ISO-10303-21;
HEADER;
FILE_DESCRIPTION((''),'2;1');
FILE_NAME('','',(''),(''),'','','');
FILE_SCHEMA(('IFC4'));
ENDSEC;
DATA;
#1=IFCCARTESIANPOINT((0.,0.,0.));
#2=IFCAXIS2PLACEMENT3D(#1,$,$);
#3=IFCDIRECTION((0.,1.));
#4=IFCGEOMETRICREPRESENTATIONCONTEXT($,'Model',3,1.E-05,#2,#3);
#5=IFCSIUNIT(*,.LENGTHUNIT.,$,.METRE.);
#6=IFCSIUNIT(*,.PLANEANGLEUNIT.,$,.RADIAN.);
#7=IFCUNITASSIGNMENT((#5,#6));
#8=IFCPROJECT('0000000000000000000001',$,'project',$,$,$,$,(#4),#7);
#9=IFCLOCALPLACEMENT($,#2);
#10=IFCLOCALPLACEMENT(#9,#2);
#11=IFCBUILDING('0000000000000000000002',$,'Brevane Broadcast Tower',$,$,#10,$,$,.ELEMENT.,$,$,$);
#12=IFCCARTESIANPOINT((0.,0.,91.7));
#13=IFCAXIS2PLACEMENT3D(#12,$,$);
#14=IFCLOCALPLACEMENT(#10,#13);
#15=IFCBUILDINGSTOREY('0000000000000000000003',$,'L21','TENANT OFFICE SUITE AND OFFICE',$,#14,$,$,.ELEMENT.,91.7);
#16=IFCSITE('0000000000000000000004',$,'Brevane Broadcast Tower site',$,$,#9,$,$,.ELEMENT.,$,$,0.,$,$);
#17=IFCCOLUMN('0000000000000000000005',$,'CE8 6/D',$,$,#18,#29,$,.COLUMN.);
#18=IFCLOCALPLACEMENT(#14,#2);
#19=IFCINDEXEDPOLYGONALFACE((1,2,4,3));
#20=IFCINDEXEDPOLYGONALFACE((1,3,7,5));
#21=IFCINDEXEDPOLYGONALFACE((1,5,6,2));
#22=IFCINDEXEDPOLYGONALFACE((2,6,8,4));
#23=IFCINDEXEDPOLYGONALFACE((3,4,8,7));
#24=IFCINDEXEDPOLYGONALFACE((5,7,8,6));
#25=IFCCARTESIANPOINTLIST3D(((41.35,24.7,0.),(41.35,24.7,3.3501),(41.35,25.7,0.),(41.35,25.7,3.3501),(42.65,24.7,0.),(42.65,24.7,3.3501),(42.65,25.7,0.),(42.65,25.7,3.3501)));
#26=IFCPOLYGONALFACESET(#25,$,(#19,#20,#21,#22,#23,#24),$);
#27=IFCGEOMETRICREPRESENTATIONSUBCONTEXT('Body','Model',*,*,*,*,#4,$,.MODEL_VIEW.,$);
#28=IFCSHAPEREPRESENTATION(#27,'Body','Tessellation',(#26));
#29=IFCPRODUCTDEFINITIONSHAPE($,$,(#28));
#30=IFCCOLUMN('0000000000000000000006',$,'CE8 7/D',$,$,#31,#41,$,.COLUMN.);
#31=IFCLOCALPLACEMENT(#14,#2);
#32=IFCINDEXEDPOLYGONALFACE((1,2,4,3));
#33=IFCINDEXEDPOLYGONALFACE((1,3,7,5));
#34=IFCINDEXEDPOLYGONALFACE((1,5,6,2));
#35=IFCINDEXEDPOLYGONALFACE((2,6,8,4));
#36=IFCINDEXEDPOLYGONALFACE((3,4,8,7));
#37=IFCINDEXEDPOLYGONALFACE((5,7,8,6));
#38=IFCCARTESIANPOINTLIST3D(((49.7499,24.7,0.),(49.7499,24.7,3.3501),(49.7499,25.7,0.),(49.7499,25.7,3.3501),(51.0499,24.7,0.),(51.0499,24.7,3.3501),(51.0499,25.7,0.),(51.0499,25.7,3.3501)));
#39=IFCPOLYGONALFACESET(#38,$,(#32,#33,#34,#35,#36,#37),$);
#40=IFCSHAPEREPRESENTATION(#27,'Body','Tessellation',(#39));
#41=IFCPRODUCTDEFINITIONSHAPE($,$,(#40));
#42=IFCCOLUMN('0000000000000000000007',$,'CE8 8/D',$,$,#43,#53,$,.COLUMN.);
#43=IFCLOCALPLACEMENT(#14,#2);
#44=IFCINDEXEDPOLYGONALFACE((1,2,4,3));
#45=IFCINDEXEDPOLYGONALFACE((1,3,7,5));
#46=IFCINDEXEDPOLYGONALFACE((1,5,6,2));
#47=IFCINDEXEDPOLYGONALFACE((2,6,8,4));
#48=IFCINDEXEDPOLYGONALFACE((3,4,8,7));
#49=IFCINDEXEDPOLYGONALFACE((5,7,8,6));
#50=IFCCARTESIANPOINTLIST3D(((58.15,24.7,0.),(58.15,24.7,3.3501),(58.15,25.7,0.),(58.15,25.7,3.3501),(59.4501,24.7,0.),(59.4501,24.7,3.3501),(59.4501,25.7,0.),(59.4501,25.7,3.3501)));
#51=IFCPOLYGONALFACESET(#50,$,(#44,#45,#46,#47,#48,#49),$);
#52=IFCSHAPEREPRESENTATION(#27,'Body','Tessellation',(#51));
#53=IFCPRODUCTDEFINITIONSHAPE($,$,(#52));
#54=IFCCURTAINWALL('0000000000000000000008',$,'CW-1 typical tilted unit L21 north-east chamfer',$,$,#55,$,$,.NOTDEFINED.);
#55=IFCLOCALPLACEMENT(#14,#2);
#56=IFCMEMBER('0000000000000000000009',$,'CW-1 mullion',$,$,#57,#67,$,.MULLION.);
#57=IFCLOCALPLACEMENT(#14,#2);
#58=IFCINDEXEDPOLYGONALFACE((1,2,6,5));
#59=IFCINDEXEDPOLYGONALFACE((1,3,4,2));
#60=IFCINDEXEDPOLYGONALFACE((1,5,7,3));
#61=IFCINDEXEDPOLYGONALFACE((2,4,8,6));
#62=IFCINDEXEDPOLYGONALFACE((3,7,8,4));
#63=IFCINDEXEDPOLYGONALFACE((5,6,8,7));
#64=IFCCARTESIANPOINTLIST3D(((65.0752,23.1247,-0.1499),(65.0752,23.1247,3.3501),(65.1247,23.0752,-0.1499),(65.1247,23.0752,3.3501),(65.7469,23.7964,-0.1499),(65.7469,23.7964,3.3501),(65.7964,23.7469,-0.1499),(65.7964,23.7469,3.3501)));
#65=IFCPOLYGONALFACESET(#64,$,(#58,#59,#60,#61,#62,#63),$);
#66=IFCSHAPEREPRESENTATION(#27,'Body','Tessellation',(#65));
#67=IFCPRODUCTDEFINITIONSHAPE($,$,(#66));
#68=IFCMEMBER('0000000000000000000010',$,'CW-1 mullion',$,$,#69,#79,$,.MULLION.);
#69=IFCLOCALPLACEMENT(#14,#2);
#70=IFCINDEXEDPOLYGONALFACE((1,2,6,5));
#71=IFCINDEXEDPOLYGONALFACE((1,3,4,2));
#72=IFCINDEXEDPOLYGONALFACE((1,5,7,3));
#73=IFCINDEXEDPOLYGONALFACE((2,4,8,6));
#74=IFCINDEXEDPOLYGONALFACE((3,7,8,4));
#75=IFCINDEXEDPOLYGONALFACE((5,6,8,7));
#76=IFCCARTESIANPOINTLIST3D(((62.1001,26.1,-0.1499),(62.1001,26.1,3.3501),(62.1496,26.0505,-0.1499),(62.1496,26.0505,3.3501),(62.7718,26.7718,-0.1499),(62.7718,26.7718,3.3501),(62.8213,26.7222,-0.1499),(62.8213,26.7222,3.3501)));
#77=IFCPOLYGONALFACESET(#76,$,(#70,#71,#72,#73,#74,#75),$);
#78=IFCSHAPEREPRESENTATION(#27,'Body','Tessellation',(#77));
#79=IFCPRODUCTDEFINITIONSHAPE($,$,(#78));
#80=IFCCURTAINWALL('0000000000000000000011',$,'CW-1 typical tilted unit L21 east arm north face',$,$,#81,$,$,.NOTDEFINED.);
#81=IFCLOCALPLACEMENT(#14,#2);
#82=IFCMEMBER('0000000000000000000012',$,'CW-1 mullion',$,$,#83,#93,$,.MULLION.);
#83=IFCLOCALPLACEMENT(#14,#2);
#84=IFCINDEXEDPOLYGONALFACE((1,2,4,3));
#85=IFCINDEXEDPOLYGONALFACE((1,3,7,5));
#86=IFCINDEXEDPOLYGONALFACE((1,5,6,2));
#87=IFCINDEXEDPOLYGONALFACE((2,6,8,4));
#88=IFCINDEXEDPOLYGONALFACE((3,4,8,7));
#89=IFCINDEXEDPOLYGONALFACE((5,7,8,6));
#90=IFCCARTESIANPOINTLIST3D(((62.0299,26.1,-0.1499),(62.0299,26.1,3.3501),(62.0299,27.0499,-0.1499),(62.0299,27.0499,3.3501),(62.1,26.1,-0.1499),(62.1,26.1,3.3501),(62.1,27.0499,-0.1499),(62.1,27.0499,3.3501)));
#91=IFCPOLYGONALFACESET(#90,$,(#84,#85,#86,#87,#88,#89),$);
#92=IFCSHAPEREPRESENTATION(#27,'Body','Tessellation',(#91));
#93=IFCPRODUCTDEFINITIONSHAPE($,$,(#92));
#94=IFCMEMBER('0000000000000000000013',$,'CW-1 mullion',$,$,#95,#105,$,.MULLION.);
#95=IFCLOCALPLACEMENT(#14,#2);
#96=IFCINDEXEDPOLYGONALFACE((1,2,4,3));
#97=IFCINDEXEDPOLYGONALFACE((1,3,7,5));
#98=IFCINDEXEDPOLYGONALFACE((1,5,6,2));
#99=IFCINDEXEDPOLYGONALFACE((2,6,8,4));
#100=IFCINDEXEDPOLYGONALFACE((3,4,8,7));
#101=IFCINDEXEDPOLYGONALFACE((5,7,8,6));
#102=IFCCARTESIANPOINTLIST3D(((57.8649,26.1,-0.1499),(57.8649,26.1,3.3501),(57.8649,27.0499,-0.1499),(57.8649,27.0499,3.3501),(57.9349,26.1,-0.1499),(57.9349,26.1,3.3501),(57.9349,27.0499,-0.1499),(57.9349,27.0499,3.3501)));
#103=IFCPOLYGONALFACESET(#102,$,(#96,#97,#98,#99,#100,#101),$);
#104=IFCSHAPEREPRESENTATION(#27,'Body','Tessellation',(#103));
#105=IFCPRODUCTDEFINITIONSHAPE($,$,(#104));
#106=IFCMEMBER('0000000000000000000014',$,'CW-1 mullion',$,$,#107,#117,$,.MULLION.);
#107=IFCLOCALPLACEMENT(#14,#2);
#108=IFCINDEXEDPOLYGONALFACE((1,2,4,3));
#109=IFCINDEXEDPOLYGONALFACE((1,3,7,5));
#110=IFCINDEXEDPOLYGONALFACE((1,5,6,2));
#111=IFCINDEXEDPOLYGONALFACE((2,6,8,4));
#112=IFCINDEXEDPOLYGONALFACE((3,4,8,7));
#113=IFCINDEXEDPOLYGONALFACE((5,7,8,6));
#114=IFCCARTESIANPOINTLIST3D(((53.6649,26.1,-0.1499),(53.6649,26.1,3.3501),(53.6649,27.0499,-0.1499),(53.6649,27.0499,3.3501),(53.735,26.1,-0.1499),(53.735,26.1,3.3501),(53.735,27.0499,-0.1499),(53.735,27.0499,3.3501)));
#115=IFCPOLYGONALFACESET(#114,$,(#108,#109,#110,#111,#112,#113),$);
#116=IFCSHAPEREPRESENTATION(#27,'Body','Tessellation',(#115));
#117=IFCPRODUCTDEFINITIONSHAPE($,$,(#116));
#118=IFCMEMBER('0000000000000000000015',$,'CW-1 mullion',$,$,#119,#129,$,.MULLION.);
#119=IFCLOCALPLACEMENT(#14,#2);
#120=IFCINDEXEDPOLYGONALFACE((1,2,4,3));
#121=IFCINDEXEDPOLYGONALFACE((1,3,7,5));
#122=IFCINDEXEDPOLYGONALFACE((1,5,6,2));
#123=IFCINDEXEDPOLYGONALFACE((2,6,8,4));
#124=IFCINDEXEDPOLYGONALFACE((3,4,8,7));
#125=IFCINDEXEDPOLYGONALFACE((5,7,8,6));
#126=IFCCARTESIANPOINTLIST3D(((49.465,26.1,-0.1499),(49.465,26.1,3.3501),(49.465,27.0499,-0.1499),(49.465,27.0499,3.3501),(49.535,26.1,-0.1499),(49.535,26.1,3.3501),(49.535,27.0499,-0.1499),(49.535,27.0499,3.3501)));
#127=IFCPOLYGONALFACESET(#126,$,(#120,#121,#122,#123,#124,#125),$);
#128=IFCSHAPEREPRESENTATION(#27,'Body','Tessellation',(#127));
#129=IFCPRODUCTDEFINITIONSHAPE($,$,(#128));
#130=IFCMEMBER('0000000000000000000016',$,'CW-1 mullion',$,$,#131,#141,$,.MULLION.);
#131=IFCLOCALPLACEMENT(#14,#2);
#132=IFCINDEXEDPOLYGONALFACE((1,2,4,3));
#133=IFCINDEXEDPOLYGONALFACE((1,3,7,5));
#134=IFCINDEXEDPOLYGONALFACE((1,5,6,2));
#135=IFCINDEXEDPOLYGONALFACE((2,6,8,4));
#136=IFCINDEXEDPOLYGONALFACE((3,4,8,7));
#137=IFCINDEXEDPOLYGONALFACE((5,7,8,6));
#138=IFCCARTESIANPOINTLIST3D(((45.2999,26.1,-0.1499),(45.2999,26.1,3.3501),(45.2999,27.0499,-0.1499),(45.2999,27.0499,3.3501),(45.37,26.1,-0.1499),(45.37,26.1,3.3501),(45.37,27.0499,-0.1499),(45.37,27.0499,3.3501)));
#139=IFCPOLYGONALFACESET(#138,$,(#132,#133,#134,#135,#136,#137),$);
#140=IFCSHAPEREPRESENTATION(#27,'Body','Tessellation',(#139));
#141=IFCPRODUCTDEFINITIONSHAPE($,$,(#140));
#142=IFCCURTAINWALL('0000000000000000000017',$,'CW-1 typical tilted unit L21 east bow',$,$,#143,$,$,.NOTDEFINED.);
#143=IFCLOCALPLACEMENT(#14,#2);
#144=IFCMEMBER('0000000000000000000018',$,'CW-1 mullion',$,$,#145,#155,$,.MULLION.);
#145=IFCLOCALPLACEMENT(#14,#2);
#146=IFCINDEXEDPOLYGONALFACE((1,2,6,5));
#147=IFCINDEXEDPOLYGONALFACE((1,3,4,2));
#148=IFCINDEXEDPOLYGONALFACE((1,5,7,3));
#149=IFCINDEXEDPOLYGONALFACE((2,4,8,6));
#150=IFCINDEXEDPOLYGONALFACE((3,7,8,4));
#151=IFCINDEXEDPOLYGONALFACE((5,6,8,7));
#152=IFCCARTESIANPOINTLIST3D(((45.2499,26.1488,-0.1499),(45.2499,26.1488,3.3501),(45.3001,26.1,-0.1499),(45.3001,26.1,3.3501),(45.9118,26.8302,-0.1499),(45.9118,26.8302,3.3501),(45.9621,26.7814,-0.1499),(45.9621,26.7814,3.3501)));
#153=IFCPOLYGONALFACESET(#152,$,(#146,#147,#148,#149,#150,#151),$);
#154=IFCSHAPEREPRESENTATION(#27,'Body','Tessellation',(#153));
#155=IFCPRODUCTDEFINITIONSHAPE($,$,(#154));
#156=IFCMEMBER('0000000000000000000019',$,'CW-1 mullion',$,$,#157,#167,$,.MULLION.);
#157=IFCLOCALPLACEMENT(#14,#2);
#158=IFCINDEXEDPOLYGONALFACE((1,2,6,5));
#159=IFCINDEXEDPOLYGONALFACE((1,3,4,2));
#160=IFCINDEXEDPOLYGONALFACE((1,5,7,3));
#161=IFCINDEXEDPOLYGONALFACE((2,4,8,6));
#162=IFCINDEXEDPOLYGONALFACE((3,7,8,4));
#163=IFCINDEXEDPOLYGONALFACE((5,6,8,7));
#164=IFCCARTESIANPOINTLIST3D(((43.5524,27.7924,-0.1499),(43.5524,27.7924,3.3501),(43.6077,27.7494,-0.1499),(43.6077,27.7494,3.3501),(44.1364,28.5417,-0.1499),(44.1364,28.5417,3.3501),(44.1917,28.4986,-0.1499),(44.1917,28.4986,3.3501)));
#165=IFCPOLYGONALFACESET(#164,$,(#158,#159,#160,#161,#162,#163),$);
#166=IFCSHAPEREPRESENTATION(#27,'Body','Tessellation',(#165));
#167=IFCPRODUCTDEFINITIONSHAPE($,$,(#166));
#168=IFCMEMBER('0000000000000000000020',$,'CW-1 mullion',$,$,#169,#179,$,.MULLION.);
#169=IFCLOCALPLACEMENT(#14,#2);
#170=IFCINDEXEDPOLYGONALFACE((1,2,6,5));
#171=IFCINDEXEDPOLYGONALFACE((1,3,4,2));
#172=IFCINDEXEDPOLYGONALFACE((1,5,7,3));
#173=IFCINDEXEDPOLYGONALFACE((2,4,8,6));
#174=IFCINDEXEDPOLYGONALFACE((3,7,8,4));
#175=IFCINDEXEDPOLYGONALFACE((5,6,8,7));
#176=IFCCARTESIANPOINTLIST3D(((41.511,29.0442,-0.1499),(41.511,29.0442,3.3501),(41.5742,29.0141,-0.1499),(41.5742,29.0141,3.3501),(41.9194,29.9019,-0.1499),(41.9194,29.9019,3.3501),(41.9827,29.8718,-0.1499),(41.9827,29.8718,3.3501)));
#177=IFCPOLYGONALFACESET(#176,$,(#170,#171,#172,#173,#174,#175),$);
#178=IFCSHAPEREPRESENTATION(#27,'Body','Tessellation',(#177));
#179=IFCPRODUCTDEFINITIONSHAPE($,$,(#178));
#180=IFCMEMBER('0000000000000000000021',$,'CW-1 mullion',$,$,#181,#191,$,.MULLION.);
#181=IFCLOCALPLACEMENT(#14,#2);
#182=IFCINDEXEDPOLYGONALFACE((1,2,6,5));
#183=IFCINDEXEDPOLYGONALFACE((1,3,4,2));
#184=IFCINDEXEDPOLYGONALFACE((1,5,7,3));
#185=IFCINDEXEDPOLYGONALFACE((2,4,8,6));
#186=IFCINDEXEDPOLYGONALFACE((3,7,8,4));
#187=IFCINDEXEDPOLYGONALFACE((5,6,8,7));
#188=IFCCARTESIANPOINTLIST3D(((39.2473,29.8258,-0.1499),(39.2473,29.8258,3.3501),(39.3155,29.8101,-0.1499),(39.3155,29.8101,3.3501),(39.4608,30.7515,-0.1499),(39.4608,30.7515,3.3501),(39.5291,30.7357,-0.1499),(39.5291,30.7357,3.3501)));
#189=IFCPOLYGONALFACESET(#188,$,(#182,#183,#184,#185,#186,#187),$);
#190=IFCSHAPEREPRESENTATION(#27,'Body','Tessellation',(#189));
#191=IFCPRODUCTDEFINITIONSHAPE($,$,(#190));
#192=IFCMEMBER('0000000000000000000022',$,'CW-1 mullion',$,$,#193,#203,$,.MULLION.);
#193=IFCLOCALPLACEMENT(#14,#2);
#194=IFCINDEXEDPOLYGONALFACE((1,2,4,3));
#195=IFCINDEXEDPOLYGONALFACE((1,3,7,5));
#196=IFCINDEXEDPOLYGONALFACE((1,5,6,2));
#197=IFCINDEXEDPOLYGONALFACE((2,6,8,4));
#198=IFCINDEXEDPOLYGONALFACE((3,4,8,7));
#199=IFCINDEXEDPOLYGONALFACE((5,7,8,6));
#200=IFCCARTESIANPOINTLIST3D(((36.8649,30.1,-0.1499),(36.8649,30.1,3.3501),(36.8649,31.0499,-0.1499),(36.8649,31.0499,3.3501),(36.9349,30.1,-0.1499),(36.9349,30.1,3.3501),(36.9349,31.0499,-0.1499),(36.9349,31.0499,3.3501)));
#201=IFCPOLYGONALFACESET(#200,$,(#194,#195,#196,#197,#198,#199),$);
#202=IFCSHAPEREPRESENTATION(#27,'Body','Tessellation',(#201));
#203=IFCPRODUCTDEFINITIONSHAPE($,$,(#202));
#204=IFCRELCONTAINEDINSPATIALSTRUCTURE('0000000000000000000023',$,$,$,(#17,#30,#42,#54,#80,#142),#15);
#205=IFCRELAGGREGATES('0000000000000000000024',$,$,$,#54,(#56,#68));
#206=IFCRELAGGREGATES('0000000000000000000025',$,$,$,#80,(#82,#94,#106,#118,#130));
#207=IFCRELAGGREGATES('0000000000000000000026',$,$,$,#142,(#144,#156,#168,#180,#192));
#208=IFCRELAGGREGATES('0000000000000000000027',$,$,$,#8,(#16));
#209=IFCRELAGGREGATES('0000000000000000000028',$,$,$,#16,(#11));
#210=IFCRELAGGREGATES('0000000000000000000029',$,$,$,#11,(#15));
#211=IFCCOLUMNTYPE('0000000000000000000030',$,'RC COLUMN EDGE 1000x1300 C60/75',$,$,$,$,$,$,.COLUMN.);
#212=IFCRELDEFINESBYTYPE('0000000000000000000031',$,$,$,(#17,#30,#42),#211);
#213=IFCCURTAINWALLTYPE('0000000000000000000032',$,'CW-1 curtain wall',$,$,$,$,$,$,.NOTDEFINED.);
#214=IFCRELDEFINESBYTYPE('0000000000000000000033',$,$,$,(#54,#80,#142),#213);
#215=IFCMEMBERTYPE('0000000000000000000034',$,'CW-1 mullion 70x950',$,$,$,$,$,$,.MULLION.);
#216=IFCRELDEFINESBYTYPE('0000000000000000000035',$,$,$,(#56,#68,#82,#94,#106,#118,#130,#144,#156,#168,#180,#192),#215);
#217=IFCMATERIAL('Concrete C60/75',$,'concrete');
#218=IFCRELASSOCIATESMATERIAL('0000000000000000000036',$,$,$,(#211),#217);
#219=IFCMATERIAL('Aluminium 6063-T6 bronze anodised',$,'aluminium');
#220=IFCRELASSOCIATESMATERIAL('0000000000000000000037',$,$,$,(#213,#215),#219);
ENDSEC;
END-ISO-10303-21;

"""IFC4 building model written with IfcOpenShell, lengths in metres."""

from ifc_helpers import new_model, si_unit, direction, frame, origin, origin_2d, place, context, subcontext, project, spatial, rectangle, extrude, material, material_profile, profile_set, type_object, element, aggregate, save


model = new_model("IFC4")

# Units and contexts
model_context = context("Model", 3, precision=1e-05, world=origin(), true_north=direction((0.0, 1.0)))
body_context = subcontext(model_context, "Body", "Model", "MODEL_VIEW")
ifc_project = project(units=[si_unit("LENGTHUNIT", "METRE"), si_unit("PLANEANGLEUNIT", "RADIAN")], contexts=[model_context])

# Site, building, storey
site_placement = place(None, origin())
site = spatial("IfcSite", under=ifc_project, at=site_placement, Name="Brevane Broadcast Tower site", CompositionType="ELEMENT", RefElevation=0.0)
building_placement = place(site_placement, origin())
building = spatial("IfcBuilding", under=site, at=building_placement, Name="Brevane Broadcast Tower", CompositionType="ELEMENT")
storey_placement = place(building_placement, frame((0.0, 0.0, 91.7)))
storey = spatial("IfcBuildingStorey", under=building, at=storey_placement, Name="L21", Description="TENANT OFFICE SUITE AND OFFICE", CompositionType="ELEMENT", Elevation=91.7)

# Columns
ifc_material_1 = material(Name="Concrete C60/75", Category="concrete")
ifc_material_profile_1 = material_profile(ifc_material_1, rectangle(XDim=1.0, YDim=1.3, at=origin_2d()), Name="RC 1000x1300")
ifc_profile_set_1 = profile_set([ifc_material_profile_1], Name="Concrete C60/75")
column_type = type_object("IfcColumnType", Name="RC COLUMN EDGE 1000x1300 C60/75", PredefinedType="COLUMN", material=ifc_profile_set_1)
for number, where, z_axis, x_axis, name in (
    (1, (42.0, 25.2, 0.0), (0.0, 0.0, 1.0), (0.0, 1.0, 0.0), "CE8 6/D"),
    (2, (50.3999, 25.2, 0.0), (0.0, 0.0, 1.0), (0.0, 1.0, 0.0), "CE8 7/D"),
    (3, (58.8, 25.2, 0.0), (0.0, 0.0, 1.0), (0.0, 1.0, 0.0), "CE8 8/D"),
):
    element("IfcColumn", number, at=place(storey_placement, frame(where, z_axis=z_axis, x_axis=x_axis)), inside=storey, type_object=column_type, Name=name, PredefinedType="COLUMN", context=body_context, shape_type="SweptSolid", body=[
        extrude(rectangle(XDim=1.0, YDim=1.3, at=origin_2d()), origin(), (0.0, 0.0, 1.0), 3.3501),
    ])

# Curtain walls, members
ifc_material_2 = material(Name="Aluminium 6063-T6 bronze anodised", Category="aluminium")
curtain_wall_type = type_object("IfcCurtainWallType", Name="CW-1 curtain wall", PredefinedType="NOTDEFINED", material=ifc_material_2)
curtain_wall_1_placement = place(storey_placement, origin())
curtain_wall_1 = element("IfcCurtainWall", 4, at=curtain_wall_1_placement, inside=storey, type_object=curtain_wall_type, Name="CW-1 typical tilted unit L21 north-east chamfer", PredefinedType="NOTDEFINED")
ifc_material_profile_2 = material_profile(ifc_material_2, rectangle(XDim=0.95, YDim=0.0701, at=origin_2d()), Name="RECT 70x950")
ifc_profile_set_2 = profile_set([ifc_material_profile_2], Name="Aluminium 6063-T6 bronze anodised")
member_type_1 = type_object("IfcMemberType", Name="CW-1 mullion 70x950", PredefinedType="MULLION", material=ifc_profile_set_2)
member_1_placement = place(storey_placement, frame((65.4358, 23.4358, -0.1499), z_axis=(0.0, 0.0, 1.0), x_axis=(-0.707107, -0.707107, 0.0)))
member_1 = element("IfcMember", 5, at=member_1_placement, type_object=member_type_1, Name="CW-1 mullion", PredefinedType="MULLION", context=body_context, shape_type="SweptSolid", body=[
    extrude(rectangle(XDim=0.95, YDim=0.0701, at=origin_2d()), origin(), (0.0, 0.0, 1.0), 3.5),
])
member_2_placement = place(storey_placement, frame((62.4607, 26.4111, -0.1499), z_axis=(0.0, 0.0, 1.0), x_axis=(-0.707107, -0.707107, 0.0)))
member_2 = element("IfcMember", 6, at=member_2_placement, type_object=member_type_1, Name="CW-1 mullion", PredefinedType="MULLION", context=body_context, shape_type="SweptSolid", body=[
    extrude(rectangle(XDim=0.95, YDim=0.0701, at=origin_2d()), origin(), (0.0, 0.0, 1.0), 3.5),
])
aggregate(curtain_wall_1, [member_1, member_2])
curtain_wall_2_placement = place(storey_placement, origin())
curtain_wall_2 = element("IfcCurtainWall", 7, at=curtain_wall_2_placement, inside=storey, type_object=curtain_wall_type, Name="CW-1 typical tilted unit L21 east arm north face", PredefinedType="NOTDEFINED")
member_3_placement = place(storey_placement, frame((62.0649, 26.575, -0.1499), z_axis=(0.0, 0.0, 1.0), x_axis=(0.0, -1.0, 0.0)))
member_3 = element("IfcMember", 8, at=member_3_placement, type_object=member_type_1, Name="CW-1 mullion", PredefinedType="MULLION", context=body_context, shape_type="SweptSolid", body=[
    extrude(rectangle(XDim=0.95, YDim=0.0701, at=origin_2d()), origin(), (0.0, 0.0, 1.0), 3.5),
])
member_4_placement = place(storey_placement, frame((57.8999, 26.575, -0.1499), z_axis=(0.0, 0.0, 1.0), x_axis=(0.0, -1.0, 0.0)))
member_4 = element("IfcMember", 9, at=member_4_placement, type_object=member_type_1, Name="CW-1 mullion", PredefinedType="MULLION", context=body_context, shape_type="SweptSolid", body=[
    extrude(rectangle(XDim=0.95, YDim=0.0701, at=origin_2d()), origin(), (0.0, 0.0, 1.0), 3.5),
])
member_5_placement = place(storey_placement, frame((53.7, 26.575, -0.1499), z_axis=(0.0, 0.0, 1.0), x_axis=(0.0, -1.0, 0.0)))
member_5 = element("IfcMember", 10, at=member_5_placement, type_object=member_type_1, Name="CW-1 mullion", PredefinedType="MULLION", context=body_context, shape_type="SweptSolid", body=[
    extrude(rectangle(XDim=0.95, YDim=0.0701, at=origin_2d()), origin(), (0.0, 0.0, 1.0), 3.5),
])
member_6_placement = place(storey_placement, frame((49.5, 26.575, -0.1499), z_axis=(0.0, 0.0, 1.0), x_axis=(0.0, -1.0, 0.0)))
member_6 = element("IfcMember", 11, at=member_6_placement, type_object=member_type_1, Name="CW-1 mullion", PredefinedType="MULLION", context=body_context, shape_type="SweptSolid", body=[
    extrude(rectangle(XDim=0.95, YDim=0.0701, at=origin_2d()), origin(), (0.0, 0.0, 1.0), 3.5),
])
member_7_placement = place(storey_placement, frame((45.335, 26.575, -0.1499), z_axis=(0.0, 0.0, 1.0), x_axis=(0.0, -1.0, 0.0)))
member_7 = element("IfcMember", 12, at=member_7_placement, type_object=member_type_1, Name="CW-1 mullion", PredefinedType="MULLION", context=body_context, shape_type="SweptSolid", body=[
    extrude(rectangle(XDim=0.95, YDim=0.0701, at=origin_2d()), origin(), (0.0, 0.0, 1.0), 3.5),
])
curtain_wall_3_placement = place(storey_placement, origin())
curtain_wall_3 = element("IfcCurtainWall", 13, at=curtain_wall_3_placement, inside=storey, type_object=curtain_wall_type, Name="CW-1 typical tilted unit L21 east bow", PredefinedType="NOTDEFINED")
member_8_placement = place(storey_placement, frame((45.606, 26.4651, -0.1499), z_axis=(0.0, 0.0, 1.0), x_axis=(-0.696812, -0.717254, 0.0)))
member_8 = element("IfcMember", 14, at=member_8_placement, type_object=member_type_1, Name="CW-1 mullion", PredefinedType="MULLION", context=body_context, shape_type="SweptSolid", body=[
    extrude(rectangle(XDim=0.95, YDim=0.0701, at=origin_2d()), origin(), (0.0, 0.0, 1.0), 3.5),
])
member_9_placement = place(storey_placement, frame((43.8721, 28.1455, -0.1499), z_axis=(0.0, 0.0, 1.0), x_axis=(-0.61477, -0.788707, 0.0)))
member_9 = element("IfcMember", 15, at=member_9_placement, type_object=member_type_1, Name="CW-1 mullion", PredefinedType="MULLION", context=body_context, shape_type="SweptSolid", body=[
    extrude(rectangle(XDim=0.95, YDim=0.0701, at=origin_2d()), origin(), (0.0, 0.0, 1.0), 3.5),
])
member_10_placement = place(storey_placement, frame((41.7468, 29.458, -0.1499), z_axis=(0.0, 0.0, 1.0), x_axis=(-0.429934, -0.902861, 0.0)))
member_10 = element("IfcMember", 16, at=member_10_placement, type_object=member_type_1, Name="CW-1 mullion", PredefinedType="MULLION", context=body_context, shape_type="SweptSolid", body=[
    extrude(rectangle(XDim=0.95, YDim=0.0701, at=origin_2d()), origin(), (0.0, 0.0, 1.0), 3.5),
])
member_11_placement = place(storey_placement, frame((39.3882, 30.2808, -0.1499), z_axis=(0.0, 0.0, 1.0), x_axis=(-0.224806, -0.974403, 0.0)))
member_11 = element("IfcMember", 17, at=member_11_placement, type_object=member_type_1, Name="CW-1 mullion", PredefinedType="MULLION", context=body_context, shape_type="SweptSolid", body=[
    extrude(rectangle(XDim=0.95, YDim=0.0701, at=origin_2d()), origin(), (0.0, 0.0, 1.0), 3.5),
])
member_12_placement = place(storey_placement, frame((36.8999, 30.575, -0.1499), z_axis=(0.0, 0.0, 1.0), x_axis=(0.0, -1.0, 0.0)))
member_12 = element("IfcMember", 18, at=member_12_placement, type_object=member_type_1, Name="CW-1 mullion", PredefinedType="MULLION", context=body_context, shape_type="SweptSolid", body=[
    extrude(rectangle(XDim=0.95, YDim=0.0701, at=origin_2d()), origin(), (0.0, 0.0, 1.0), 3.5),
])

aggregate(curtain_wall_2, [member_3, member_4, member_5, member_6, member_7])
aggregate(curtain_wall_3, [member_8, member_9, member_10, member_11, member_12])

save(model, "model.ifc")
